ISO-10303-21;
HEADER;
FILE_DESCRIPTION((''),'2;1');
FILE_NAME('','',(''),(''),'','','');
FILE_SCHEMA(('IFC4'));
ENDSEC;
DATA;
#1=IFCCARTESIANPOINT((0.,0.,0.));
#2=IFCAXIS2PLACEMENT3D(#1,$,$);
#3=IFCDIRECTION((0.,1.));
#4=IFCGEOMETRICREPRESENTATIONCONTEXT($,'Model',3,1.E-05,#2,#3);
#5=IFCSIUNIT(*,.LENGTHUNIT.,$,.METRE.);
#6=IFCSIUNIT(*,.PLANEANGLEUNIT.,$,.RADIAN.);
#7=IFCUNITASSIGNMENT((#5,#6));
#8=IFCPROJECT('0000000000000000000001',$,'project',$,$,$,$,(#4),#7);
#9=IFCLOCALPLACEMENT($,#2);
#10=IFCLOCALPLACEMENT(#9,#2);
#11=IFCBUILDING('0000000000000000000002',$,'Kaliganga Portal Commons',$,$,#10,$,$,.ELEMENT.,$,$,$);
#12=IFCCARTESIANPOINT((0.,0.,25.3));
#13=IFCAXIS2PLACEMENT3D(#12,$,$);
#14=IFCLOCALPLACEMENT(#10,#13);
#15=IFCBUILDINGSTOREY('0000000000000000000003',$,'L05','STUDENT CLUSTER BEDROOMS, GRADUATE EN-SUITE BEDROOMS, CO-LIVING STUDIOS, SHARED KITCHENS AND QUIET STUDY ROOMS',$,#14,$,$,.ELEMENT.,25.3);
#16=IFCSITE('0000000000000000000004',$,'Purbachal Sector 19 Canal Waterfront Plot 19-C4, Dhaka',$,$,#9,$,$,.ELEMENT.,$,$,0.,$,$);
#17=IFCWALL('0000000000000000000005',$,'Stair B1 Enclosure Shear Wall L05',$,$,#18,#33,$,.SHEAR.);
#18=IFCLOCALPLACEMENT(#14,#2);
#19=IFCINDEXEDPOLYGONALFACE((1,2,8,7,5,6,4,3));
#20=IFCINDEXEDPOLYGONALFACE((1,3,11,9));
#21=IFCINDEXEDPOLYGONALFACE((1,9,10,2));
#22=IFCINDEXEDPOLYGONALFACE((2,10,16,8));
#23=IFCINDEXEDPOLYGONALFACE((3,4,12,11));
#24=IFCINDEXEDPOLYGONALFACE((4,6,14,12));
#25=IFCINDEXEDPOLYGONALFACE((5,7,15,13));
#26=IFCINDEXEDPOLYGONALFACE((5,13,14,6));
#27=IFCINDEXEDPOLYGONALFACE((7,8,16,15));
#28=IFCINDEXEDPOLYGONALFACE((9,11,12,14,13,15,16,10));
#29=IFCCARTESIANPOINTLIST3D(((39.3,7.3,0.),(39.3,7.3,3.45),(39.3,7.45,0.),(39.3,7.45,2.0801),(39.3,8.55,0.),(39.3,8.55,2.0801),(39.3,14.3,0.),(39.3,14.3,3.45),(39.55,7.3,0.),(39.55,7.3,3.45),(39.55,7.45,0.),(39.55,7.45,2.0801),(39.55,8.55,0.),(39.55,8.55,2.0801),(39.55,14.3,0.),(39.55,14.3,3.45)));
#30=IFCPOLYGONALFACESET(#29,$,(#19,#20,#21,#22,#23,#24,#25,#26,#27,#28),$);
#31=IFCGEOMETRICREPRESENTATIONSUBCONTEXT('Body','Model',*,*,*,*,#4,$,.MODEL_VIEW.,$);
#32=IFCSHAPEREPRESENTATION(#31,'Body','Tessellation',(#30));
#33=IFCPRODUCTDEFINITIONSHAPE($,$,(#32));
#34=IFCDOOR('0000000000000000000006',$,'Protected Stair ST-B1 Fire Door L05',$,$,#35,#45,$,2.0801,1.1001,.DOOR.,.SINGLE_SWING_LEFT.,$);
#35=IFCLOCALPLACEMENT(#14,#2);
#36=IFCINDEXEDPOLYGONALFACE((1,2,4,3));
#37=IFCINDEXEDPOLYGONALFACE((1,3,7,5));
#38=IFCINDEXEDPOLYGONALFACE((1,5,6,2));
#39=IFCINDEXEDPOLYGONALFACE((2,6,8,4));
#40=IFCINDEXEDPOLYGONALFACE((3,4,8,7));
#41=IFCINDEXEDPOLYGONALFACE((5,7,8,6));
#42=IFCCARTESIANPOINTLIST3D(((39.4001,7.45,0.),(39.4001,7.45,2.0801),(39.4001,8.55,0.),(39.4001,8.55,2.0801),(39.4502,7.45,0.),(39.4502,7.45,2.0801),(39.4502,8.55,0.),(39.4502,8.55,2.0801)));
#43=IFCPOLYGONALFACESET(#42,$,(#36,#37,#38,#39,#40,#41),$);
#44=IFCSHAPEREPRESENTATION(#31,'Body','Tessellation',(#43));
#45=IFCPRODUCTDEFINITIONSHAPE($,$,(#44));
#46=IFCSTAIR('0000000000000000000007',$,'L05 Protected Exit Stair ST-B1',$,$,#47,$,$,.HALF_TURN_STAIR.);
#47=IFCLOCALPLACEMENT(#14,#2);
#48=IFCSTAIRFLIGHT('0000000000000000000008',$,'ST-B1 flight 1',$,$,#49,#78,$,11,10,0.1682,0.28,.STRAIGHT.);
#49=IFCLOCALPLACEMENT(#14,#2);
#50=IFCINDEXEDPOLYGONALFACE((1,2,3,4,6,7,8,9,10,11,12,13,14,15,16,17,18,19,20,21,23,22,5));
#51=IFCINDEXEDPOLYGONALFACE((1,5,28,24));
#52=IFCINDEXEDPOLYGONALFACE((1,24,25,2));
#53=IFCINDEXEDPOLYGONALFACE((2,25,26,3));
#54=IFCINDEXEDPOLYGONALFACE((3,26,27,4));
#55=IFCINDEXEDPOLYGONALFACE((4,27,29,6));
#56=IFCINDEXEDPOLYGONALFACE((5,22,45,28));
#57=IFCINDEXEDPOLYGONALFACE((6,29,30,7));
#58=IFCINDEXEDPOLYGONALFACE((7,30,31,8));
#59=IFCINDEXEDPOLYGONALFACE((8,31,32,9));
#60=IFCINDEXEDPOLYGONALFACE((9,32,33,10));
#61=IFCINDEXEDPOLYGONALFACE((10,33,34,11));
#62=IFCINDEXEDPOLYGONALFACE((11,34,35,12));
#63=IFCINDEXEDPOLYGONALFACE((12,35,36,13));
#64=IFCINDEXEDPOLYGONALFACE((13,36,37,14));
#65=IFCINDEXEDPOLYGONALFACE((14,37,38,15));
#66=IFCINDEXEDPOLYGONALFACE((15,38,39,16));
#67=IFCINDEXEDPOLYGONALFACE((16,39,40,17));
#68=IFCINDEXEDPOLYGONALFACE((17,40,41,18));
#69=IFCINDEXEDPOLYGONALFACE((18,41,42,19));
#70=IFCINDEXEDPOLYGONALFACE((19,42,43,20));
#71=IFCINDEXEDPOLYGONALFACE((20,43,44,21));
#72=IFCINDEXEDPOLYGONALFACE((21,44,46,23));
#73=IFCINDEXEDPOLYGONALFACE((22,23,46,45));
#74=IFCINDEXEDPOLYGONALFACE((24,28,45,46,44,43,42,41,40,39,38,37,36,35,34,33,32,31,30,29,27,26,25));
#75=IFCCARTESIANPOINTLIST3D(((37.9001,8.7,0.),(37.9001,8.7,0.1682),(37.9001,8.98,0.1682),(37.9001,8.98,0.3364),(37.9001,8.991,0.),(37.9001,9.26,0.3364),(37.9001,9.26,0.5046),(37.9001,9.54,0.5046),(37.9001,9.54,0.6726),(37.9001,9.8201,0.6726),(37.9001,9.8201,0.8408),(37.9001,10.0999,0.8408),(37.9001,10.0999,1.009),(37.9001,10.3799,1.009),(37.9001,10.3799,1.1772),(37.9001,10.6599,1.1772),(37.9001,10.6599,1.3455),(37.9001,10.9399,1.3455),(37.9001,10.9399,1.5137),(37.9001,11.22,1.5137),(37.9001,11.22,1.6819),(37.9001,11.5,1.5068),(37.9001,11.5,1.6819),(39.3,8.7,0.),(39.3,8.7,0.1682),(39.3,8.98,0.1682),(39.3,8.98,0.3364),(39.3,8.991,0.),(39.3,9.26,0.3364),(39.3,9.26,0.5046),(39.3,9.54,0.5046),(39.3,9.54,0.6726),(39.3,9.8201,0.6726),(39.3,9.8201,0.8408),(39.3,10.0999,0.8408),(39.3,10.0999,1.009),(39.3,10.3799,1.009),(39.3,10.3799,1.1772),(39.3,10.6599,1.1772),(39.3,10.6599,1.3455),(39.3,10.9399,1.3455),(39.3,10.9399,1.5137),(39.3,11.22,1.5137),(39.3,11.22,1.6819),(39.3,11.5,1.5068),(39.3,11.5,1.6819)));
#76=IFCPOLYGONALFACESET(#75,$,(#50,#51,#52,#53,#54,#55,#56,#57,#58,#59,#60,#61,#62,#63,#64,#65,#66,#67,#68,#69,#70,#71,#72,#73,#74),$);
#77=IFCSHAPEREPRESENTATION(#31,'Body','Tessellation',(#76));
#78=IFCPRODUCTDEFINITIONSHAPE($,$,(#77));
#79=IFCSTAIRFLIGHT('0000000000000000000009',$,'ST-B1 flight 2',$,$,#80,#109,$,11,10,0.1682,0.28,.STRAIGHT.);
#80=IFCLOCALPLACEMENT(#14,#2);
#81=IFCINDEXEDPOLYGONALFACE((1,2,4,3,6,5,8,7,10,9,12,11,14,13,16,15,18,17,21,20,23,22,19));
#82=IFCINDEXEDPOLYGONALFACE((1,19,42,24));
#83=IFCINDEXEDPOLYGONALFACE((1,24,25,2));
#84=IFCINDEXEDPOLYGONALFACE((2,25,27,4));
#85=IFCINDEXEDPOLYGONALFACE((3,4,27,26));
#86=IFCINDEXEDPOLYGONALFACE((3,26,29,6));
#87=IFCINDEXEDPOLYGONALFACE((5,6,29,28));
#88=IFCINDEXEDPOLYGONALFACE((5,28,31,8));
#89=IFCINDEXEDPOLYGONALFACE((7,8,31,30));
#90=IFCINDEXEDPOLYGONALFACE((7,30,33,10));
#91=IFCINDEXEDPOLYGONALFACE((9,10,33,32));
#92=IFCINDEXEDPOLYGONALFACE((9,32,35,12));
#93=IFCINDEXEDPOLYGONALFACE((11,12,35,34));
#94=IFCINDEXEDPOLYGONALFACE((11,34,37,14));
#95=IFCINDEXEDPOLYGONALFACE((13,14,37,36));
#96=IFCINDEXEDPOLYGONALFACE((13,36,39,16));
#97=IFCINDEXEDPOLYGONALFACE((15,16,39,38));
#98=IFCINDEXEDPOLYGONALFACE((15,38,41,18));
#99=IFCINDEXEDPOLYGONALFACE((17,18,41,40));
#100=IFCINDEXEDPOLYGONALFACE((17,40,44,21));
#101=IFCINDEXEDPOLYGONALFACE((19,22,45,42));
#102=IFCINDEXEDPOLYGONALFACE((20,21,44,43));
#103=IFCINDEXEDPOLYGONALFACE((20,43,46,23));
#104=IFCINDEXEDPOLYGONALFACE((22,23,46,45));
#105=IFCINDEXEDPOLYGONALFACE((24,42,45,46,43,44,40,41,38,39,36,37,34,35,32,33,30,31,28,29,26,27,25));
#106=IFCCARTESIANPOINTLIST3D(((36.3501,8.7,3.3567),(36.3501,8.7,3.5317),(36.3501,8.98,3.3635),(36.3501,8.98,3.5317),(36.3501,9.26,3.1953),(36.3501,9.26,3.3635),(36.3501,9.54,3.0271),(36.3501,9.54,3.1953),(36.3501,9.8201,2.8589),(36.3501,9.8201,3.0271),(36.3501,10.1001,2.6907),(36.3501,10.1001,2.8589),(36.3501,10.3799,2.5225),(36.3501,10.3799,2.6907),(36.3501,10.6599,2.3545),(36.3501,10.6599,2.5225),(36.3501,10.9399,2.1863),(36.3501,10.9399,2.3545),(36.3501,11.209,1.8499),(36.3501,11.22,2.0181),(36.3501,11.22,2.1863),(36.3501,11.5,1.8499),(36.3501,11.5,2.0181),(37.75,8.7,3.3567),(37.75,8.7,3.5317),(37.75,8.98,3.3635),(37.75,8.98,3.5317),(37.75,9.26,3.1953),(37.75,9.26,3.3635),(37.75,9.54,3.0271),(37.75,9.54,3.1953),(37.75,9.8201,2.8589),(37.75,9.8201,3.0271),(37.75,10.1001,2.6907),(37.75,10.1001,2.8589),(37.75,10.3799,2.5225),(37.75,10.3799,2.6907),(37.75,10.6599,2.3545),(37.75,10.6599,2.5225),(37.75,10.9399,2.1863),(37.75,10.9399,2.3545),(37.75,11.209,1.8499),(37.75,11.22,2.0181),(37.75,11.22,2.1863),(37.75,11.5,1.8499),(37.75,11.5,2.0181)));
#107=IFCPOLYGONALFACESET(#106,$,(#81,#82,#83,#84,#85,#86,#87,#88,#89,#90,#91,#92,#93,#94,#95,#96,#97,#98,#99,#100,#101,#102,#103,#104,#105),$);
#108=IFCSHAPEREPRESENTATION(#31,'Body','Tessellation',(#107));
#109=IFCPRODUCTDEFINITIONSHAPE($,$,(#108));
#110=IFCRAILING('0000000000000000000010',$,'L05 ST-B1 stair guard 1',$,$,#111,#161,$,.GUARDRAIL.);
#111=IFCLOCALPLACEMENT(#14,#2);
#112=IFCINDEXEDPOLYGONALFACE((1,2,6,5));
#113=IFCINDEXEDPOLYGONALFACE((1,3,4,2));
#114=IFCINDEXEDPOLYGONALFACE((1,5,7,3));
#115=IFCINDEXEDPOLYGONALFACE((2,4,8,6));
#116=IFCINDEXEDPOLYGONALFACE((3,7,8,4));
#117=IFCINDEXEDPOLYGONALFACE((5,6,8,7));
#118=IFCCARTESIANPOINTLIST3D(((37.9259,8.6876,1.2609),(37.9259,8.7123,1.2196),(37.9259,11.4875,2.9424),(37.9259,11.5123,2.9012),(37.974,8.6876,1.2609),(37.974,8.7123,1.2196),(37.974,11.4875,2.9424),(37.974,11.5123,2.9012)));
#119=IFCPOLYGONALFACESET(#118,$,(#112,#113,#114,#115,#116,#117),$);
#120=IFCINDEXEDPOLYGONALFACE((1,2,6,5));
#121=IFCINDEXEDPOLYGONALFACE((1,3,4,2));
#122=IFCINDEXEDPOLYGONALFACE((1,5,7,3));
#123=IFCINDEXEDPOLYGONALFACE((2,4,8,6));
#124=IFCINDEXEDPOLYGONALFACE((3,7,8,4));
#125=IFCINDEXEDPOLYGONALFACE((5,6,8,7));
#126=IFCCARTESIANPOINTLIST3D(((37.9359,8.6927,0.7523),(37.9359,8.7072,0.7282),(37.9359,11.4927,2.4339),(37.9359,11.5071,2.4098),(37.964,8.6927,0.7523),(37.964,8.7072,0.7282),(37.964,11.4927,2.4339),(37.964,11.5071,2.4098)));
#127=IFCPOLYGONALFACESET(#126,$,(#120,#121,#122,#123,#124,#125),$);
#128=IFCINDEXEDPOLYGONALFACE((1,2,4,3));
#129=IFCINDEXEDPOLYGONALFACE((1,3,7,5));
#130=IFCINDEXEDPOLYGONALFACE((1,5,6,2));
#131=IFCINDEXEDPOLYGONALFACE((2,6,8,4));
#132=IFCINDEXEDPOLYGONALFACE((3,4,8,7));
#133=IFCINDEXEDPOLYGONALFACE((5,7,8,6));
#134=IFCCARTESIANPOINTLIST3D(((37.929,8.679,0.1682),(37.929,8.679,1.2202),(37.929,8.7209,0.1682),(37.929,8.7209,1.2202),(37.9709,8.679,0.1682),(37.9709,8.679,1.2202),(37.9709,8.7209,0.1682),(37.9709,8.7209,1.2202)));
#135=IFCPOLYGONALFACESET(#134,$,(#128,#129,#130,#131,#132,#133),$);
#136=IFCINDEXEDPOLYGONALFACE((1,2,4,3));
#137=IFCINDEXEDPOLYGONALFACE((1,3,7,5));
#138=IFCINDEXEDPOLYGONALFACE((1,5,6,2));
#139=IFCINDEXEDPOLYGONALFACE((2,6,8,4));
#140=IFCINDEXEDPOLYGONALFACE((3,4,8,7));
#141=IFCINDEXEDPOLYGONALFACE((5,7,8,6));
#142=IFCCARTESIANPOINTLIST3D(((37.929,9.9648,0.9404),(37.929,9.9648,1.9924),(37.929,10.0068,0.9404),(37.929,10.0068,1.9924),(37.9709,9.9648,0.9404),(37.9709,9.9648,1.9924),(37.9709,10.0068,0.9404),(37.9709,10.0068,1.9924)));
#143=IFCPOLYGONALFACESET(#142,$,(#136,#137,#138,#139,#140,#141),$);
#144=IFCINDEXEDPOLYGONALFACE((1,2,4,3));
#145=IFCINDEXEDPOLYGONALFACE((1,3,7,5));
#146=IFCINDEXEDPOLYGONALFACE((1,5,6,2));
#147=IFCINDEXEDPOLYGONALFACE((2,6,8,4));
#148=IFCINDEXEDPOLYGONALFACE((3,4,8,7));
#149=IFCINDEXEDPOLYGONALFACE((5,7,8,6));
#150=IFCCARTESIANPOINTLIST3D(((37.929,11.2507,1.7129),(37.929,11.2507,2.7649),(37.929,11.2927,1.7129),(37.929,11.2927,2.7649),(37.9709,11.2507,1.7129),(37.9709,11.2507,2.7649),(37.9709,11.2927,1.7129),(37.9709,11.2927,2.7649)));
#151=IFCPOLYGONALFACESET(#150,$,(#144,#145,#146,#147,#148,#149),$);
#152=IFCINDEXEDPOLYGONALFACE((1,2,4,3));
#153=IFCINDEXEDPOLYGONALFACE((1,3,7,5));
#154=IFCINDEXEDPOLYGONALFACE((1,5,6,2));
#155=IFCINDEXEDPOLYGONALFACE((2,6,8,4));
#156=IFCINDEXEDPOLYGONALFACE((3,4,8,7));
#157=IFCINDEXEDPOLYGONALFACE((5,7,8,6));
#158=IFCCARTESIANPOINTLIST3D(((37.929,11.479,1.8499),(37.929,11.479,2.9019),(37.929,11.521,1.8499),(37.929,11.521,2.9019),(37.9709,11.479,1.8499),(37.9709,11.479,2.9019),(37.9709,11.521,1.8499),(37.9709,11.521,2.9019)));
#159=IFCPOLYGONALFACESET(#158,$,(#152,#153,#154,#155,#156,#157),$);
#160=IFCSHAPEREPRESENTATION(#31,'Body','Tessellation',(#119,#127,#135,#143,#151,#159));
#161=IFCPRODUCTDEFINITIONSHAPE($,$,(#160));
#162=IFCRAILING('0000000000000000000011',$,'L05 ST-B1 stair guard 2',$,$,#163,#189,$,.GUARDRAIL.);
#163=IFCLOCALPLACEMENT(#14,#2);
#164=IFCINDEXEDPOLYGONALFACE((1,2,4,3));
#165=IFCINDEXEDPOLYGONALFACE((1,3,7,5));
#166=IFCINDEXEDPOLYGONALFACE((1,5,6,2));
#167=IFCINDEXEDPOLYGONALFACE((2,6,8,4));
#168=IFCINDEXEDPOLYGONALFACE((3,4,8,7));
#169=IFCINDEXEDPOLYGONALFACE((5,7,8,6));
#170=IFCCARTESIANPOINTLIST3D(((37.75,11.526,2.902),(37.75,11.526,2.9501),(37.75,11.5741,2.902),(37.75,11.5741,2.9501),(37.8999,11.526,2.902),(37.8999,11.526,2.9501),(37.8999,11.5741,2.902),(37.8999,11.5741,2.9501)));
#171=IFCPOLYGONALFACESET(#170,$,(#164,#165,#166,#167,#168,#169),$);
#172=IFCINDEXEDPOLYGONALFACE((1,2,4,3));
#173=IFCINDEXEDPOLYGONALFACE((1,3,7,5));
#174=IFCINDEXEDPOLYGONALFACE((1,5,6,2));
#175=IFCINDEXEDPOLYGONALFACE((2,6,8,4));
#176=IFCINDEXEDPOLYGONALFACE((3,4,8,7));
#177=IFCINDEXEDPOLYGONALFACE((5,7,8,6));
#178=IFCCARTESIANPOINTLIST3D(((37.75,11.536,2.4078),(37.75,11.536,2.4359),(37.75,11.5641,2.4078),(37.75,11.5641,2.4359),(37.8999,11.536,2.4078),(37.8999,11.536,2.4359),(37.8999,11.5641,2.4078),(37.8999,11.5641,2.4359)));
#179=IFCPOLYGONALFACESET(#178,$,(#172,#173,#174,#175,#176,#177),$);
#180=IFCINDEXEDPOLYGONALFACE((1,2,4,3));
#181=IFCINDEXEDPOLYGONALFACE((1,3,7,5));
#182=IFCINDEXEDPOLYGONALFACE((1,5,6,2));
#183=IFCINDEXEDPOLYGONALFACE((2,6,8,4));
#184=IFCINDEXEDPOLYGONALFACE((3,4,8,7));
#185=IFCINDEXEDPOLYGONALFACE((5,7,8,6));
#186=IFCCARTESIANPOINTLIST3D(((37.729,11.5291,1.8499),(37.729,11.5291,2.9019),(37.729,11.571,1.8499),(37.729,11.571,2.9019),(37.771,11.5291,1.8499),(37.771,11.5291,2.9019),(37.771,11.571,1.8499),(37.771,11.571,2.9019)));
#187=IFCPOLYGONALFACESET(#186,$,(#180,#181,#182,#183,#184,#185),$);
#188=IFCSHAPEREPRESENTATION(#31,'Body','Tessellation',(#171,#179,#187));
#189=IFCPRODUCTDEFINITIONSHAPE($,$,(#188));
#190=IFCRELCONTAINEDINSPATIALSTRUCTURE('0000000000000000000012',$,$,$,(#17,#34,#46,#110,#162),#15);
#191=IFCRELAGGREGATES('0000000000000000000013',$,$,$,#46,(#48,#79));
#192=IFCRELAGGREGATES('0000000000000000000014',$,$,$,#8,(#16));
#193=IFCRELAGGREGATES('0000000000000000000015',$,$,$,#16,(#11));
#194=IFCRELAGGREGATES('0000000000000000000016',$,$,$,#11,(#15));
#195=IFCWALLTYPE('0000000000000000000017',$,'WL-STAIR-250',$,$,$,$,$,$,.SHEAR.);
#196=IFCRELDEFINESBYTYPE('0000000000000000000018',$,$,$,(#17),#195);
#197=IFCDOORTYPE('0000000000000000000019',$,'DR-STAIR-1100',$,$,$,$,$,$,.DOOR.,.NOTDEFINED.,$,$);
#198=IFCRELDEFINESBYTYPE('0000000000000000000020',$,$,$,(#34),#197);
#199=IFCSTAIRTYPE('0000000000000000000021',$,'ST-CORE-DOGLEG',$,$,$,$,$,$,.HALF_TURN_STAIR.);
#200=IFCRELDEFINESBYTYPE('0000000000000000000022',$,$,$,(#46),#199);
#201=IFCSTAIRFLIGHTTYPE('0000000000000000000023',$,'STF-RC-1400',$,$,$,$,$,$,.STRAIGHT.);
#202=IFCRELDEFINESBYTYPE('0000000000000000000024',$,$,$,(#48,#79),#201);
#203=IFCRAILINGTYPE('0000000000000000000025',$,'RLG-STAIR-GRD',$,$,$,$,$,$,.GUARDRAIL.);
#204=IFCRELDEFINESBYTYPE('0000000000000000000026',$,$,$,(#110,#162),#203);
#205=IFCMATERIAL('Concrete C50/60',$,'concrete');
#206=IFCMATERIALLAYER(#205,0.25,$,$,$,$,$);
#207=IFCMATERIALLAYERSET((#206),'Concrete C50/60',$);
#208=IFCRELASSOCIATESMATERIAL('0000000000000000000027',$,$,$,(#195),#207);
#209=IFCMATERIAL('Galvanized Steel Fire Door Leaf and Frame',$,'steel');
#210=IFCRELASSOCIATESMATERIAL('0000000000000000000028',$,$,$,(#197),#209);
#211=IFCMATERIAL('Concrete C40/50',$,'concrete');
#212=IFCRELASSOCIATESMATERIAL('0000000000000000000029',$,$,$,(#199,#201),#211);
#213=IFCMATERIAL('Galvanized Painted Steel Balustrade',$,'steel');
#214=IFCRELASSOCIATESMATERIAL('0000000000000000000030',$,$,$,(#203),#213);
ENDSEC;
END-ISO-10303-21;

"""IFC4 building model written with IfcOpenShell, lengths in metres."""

from ifc_helpers import new_model, si_unit, direction, frame, frame_2d, origin, origin_2d, place, context, subcontext, project, spatial, polyline, rectangle, outline, extrude, material, layer, layer_set, type_object, element, fill, aggregate, save


model = new_model("IFC4")

# Units and contexts
model_context = context("Model", 3, precision=1e-05, world=origin(), true_north=direction((0.0, 1.0)))
body_context = subcontext(model_context, "Body", "Model", "MODEL_VIEW")
ifc_project = project(units=[si_unit("LENGTHUNIT", "METRE"), si_unit("PLANEANGLEUNIT", "RADIAN")], contexts=[model_context])

# Site, building, storey
site_placement = place(None, origin())
site = spatial("IfcSite", under=ifc_project, at=site_placement, Name="Purbachal Sector 19 Canal Waterfront Plot 19-C4, Dhaka", CompositionType="ELEMENT", RefElevation=0.0)
building_placement = place(site_placement, origin())
building = spatial("IfcBuilding", under=site, at=building_placement, Name="Kaliganga Portal Commons", CompositionType="ELEMENT")
storey_placement = place(building_placement, frame((0.0, 0.0, 25.3)))
storey = spatial("IfcBuildingStorey", under=building, at=storey_placement, Name="L05", Description="STUDENT CLUSTER BEDROOMS, GRADUATE EN-SUITE BEDROOMS, CO-LIVING STUDIOS, SHARED KITCHENS AND QUIET STUDY ROOMS", CompositionType="ELEMENT", Elevation=25.3)

# Wall, opening, door
ifc_material_1 = material(Name="Concrete C50/60", Category="concrete")
ifc_layer_1 = layer(ifc_material_1, 0.25)
ifc_layer_set_1 = layer_set([ifc_layer_1], Name="Concrete C50/60")
wall_type_1 = type_object("IfcWallType", Name="WL-STAIR-250", PredefinedType="SHEAR", material=ifc_layer_set_1)
wall_1_placement = place(storey_placement, frame((39.425, 7.3, 0.0), z_axis=(0.0, 0.0, 1.0), x_axis=(0.0, 1.0, 0.0)))
wall_1 = element("IfcWall", 1, at=wall_1_placement, inside=storey, type_object=wall_type_1, Name="Stair B1 Enclosure Shear Wall L05", PredefinedType="SHEAR", context=body_context, shape_type="SweptSolid", body=[
    extrude(rectangle(XDim=7.0, YDim=0.25, at=frame_2d((3.5, 0.0))), origin(), (0.0, 0.0, 1.0), 3.45),
])
opening_1_placement = place(wall_1_placement, frame((0.1499, 0.0, 0.0)))
opening_1 = element("IfcOpeningElement", 2, at=opening_1_placement, cuts=wall_1, PredefinedType="OPENING", context=body_context, shape_type="SweptSolid", body=[
    extrude(rectangle(XDim=1.1001, YDim=2.0801, at=frame_2d((0.55, 1.04))), frame((0.0, 0.135, 0.0), z_axis=(0.0, -1.0, 0.0), x_axis=(1.0, 0.0, 0.0)), (0.0, 0.0, 1.0), 0.27),
])
ifc_material_2 = material(Name="Galvanized Steel Fire Door Leaf and Frame", Category="steel")
door_type_1 = type_object("IfcDoorType", Name="DR-STAIR-1100", OperationType="NOTDEFINED", PredefinedType="DOOR", material=ifc_material_2)
door_1_placement = place(opening_1_placement, origin())
door_1 = element("IfcDoor", 3, at=door_1_placement, inside=storey, type_object=door_type_1, Name="Protected Stair ST-B1 Fire Door L05", OperationType="SINGLE_SWING_LEFT", OverallHeight=2.0801, OverallWidth=1.1001, PredefinedType="DOOR", context=body_context, shape_type="SweptSolid", body=[
    extrude(rectangle(XDim=1.1001, YDim=2.0801, at=frame_2d((0.55, 1.04))), frame((0.0, 0.0249, 0.0), z_axis=(0.0, -1.0, 0.0), x_axis=(1.0, 0.0, 0.0)), (0.0, 0.0, 1.0), 0.05),
])
fill(opening_1, door_1)

# Stair, stair flights
ifc_material_3 = material(Name="Concrete C40/50", Category="concrete")
stair_type = type_object("IfcStairType", Name="ST-CORE-DOGLEG", PredefinedType="HALF_TURN_STAIR", material=ifc_material_3)
stair_placement = place(storey_placement, origin())
stair = element("IfcStair", 4, at=stair_placement, inside=storey, type_object=stair_type, Name="L05 Protected Exit Stair ST-B1", PredefinedType="HALF_TURN_STAIR")
stair_flight_type = type_object("IfcStairFlightType", Name="STF-RC-1400", PredefinedType="STRAIGHT", material=ifc_material_3)
stair_flight_1_placement = place(storey_placement, frame((38.6001, 8.7, 0.0), z_axis=(0.0, 0.0, 1.0), x_axis=(0.0, 1.0, 0.0)))
stair_flight_1 = element("IfcStairFlight", 5, at=stair_flight_1_placement, type_object=stair_flight_type, Name="ST-B1 flight 1", NumberOfRisers=11, NumberOfTreads=10, PredefinedType="STRAIGHT", RiserHeight=0.1682, TreadLength=0.28, context=body_context, shape_type="SweptSolid", body=[
    extrude(outline(polyline([(0.0, 0.0), (0.0, 0.1682), (0.28, 0.1682), (0.28, 0.3364), (0.5601, 0.3364), (0.5601, 0.5046), (0.8401, 0.5046), (0.8401, 0.6726), (1.1201, 0.6726), (1.1201, 0.8408), (1.3999, 0.8408), (1.3999, 1.009), (1.6799, 1.009), (1.6799, 1.1772), (1.96, 1.1772), (1.96, 1.3455), (2.24, 1.3455), (2.24, 1.5137), (2.52, 1.5137), (2.52, 1.6819), (2.8, 1.6819), (2.8, 1.8501), (2.8, 1.5068), (0.291, 0.0), (0.0, 0.0)])), frame((0.0, 0.7, 0.0), z_axis=(0.0, -1.0, 0.0), x_axis=(1.0, 0.0, 0.0)), (0.0, 0.0, 1.0), 1.3999),
])
stair_flight_2_placement = place(storey_placement, frame((37.05, 11.5, 1.8499), z_axis=(0.0, 0.0, 1.0), x_axis=(0.0, -1.0, 0.0)))
stair_flight_2 = element("IfcStairFlight", 6, at=stair_flight_2_placement, type_object=stair_flight_type, Name="ST-B1 flight 2", NumberOfRisers=11, NumberOfTreads=10, PredefinedType="STRAIGHT", RiserHeight=0.1682, TreadLength=0.28, context=body_context, shape_type="SweptSolid", body=[
    extrude(outline(polyline([(0.0, 0.0), (0.0, 0.1682), (0.28, 0.1682), (0.28, 0.3364), (0.5601, 0.3364), (0.5601, 0.5046), (0.8401, 0.5046), (0.8401, 0.6726), (1.1201, 0.6726), (1.1201, 0.8408), (1.3999, 0.8408), (1.3999, 1.009), (1.6799, 1.009), (1.6799, 1.1772), (1.96, 1.1772), (1.96, 1.3455), (2.24, 1.3455), (2.24, 1.5137), (2.52, 1.5137), (2.52, 1.6819), (2.8, 1.6819), (2.8, 1.8501), (2.8, 1.5068), (0.291, 0.0), (0.0, 0.0)])), frame((0.0, 0.7, 0.0), z_axis=(0.0, -1.0, 0.0), x_axis=(1.0, 0.0, 0.0)), (0.0, 0.0, 1.0), 1.3999),
])
aggregate(stair, [stair_flight_1, stair_flight_2])

# Railings
ifc_material_4 = material(Name="Galvanized Painted Steel Balustrade", Category="steel")
railing_type_1 = type_object("IfcRailingType", Name="RLG-STAIR-GRD", PredefinedType="GUARDRAIL", material=ifc_material_4)
railing_1_placement = place(storey_placement, frame((37.95, 8.7, 0.1682)))
element("IfcRailing", 7, at=railing_1_placement, inside=storey, type_object=railing_type_1, Name="L05 ST-B1 stair guard 1", PredefinedType="GUARDRAIL", context=body_context, shape_type="SweptSolid", body=[
    extrude(rectangle(XDim=0.0481, YDim=0.0481, at=origin_2d()), frame((0.0, 0.0, 1.072), z_axis=(0.0, 0.857275, 0.514858), x_axis=(-1.0, 0.0, 0.0)), (0.0, 0.0, 1.0), 3.2661),
    extrude(rectangle(XDim=0.0281, YDim=0.0281, at=origin_2d()), frame((0.0, 0.0, 0.572), z_axis=(0.0, 0.857275, 0.514858), x_axis=(-1.0, 0.0, 0.0)), (0.0, 0.0, 1.0), 3.2661),
    extrude(rectangle(XDim=0.042, YDim=0.042, at=origin_2d()), origin(), (0.0, 0.0, 1.0), 1.052),
    extrude(rectangle(XDim=0.042, YDim=0.042, at=origin_2d()), frame((0.0, 1.2859, 0.7722)), (0.0, 0.0, 1.0), 1.052),
    extrude(rectangle(XDim=0.042, YDim=0.042, at=origin_2d()), frame((0.0, 2.5718, 1.5447)), (0.0, 0.0, 1.0), 1.052),
    extrude(rectangle(XDim=0.042, YDim=0.042, at=origin_2d()), frame((0.0, 2.8, 1.6816)), (0.0, 0.0, 1.0), 1.052),
])
railing_2_placement = place(storey_placement, frame((37.8999, 11.55, 1.8499)))
element("IfcRailing", 8, at=railing_2_placement, inside=storey, type_object=railing_type_1, Name="L05 ST-B1 stair guard 2", PredefinedType="GUARDRAIL", context=body_context, shape_type="SweptSolid", body=[
    extrude(rectangle(XDim=0.0481, YDim=0.0481, at=origin_2d()), frame((0.0, 0.0, 1.0762), z_axis=(-1.0, 0.0, 0.0), x_axis=(0.0, -1.0, 0.0)), (0.0, 0.0, 1.0), 0.1499),
    extrude(rectangle(XDim=0.0281, YDim=0.0281, at=origin_2d()), frame((0.0, 0.0, 0.572), z_axis=(-1.0, 0.0, 0.0), x_axis=(0.0, -1.0, 0.0)), (0.0, 0.0, 1.0), 0.1499),
    extrude(rectangle(XDim=0.042, YDim=0.042, at=origin_2d()), frame((-0.1499, 0.0, 0.0)), (0.0, 0.0, 1.0), 1.052),
])

save(model, "model.ifc")
